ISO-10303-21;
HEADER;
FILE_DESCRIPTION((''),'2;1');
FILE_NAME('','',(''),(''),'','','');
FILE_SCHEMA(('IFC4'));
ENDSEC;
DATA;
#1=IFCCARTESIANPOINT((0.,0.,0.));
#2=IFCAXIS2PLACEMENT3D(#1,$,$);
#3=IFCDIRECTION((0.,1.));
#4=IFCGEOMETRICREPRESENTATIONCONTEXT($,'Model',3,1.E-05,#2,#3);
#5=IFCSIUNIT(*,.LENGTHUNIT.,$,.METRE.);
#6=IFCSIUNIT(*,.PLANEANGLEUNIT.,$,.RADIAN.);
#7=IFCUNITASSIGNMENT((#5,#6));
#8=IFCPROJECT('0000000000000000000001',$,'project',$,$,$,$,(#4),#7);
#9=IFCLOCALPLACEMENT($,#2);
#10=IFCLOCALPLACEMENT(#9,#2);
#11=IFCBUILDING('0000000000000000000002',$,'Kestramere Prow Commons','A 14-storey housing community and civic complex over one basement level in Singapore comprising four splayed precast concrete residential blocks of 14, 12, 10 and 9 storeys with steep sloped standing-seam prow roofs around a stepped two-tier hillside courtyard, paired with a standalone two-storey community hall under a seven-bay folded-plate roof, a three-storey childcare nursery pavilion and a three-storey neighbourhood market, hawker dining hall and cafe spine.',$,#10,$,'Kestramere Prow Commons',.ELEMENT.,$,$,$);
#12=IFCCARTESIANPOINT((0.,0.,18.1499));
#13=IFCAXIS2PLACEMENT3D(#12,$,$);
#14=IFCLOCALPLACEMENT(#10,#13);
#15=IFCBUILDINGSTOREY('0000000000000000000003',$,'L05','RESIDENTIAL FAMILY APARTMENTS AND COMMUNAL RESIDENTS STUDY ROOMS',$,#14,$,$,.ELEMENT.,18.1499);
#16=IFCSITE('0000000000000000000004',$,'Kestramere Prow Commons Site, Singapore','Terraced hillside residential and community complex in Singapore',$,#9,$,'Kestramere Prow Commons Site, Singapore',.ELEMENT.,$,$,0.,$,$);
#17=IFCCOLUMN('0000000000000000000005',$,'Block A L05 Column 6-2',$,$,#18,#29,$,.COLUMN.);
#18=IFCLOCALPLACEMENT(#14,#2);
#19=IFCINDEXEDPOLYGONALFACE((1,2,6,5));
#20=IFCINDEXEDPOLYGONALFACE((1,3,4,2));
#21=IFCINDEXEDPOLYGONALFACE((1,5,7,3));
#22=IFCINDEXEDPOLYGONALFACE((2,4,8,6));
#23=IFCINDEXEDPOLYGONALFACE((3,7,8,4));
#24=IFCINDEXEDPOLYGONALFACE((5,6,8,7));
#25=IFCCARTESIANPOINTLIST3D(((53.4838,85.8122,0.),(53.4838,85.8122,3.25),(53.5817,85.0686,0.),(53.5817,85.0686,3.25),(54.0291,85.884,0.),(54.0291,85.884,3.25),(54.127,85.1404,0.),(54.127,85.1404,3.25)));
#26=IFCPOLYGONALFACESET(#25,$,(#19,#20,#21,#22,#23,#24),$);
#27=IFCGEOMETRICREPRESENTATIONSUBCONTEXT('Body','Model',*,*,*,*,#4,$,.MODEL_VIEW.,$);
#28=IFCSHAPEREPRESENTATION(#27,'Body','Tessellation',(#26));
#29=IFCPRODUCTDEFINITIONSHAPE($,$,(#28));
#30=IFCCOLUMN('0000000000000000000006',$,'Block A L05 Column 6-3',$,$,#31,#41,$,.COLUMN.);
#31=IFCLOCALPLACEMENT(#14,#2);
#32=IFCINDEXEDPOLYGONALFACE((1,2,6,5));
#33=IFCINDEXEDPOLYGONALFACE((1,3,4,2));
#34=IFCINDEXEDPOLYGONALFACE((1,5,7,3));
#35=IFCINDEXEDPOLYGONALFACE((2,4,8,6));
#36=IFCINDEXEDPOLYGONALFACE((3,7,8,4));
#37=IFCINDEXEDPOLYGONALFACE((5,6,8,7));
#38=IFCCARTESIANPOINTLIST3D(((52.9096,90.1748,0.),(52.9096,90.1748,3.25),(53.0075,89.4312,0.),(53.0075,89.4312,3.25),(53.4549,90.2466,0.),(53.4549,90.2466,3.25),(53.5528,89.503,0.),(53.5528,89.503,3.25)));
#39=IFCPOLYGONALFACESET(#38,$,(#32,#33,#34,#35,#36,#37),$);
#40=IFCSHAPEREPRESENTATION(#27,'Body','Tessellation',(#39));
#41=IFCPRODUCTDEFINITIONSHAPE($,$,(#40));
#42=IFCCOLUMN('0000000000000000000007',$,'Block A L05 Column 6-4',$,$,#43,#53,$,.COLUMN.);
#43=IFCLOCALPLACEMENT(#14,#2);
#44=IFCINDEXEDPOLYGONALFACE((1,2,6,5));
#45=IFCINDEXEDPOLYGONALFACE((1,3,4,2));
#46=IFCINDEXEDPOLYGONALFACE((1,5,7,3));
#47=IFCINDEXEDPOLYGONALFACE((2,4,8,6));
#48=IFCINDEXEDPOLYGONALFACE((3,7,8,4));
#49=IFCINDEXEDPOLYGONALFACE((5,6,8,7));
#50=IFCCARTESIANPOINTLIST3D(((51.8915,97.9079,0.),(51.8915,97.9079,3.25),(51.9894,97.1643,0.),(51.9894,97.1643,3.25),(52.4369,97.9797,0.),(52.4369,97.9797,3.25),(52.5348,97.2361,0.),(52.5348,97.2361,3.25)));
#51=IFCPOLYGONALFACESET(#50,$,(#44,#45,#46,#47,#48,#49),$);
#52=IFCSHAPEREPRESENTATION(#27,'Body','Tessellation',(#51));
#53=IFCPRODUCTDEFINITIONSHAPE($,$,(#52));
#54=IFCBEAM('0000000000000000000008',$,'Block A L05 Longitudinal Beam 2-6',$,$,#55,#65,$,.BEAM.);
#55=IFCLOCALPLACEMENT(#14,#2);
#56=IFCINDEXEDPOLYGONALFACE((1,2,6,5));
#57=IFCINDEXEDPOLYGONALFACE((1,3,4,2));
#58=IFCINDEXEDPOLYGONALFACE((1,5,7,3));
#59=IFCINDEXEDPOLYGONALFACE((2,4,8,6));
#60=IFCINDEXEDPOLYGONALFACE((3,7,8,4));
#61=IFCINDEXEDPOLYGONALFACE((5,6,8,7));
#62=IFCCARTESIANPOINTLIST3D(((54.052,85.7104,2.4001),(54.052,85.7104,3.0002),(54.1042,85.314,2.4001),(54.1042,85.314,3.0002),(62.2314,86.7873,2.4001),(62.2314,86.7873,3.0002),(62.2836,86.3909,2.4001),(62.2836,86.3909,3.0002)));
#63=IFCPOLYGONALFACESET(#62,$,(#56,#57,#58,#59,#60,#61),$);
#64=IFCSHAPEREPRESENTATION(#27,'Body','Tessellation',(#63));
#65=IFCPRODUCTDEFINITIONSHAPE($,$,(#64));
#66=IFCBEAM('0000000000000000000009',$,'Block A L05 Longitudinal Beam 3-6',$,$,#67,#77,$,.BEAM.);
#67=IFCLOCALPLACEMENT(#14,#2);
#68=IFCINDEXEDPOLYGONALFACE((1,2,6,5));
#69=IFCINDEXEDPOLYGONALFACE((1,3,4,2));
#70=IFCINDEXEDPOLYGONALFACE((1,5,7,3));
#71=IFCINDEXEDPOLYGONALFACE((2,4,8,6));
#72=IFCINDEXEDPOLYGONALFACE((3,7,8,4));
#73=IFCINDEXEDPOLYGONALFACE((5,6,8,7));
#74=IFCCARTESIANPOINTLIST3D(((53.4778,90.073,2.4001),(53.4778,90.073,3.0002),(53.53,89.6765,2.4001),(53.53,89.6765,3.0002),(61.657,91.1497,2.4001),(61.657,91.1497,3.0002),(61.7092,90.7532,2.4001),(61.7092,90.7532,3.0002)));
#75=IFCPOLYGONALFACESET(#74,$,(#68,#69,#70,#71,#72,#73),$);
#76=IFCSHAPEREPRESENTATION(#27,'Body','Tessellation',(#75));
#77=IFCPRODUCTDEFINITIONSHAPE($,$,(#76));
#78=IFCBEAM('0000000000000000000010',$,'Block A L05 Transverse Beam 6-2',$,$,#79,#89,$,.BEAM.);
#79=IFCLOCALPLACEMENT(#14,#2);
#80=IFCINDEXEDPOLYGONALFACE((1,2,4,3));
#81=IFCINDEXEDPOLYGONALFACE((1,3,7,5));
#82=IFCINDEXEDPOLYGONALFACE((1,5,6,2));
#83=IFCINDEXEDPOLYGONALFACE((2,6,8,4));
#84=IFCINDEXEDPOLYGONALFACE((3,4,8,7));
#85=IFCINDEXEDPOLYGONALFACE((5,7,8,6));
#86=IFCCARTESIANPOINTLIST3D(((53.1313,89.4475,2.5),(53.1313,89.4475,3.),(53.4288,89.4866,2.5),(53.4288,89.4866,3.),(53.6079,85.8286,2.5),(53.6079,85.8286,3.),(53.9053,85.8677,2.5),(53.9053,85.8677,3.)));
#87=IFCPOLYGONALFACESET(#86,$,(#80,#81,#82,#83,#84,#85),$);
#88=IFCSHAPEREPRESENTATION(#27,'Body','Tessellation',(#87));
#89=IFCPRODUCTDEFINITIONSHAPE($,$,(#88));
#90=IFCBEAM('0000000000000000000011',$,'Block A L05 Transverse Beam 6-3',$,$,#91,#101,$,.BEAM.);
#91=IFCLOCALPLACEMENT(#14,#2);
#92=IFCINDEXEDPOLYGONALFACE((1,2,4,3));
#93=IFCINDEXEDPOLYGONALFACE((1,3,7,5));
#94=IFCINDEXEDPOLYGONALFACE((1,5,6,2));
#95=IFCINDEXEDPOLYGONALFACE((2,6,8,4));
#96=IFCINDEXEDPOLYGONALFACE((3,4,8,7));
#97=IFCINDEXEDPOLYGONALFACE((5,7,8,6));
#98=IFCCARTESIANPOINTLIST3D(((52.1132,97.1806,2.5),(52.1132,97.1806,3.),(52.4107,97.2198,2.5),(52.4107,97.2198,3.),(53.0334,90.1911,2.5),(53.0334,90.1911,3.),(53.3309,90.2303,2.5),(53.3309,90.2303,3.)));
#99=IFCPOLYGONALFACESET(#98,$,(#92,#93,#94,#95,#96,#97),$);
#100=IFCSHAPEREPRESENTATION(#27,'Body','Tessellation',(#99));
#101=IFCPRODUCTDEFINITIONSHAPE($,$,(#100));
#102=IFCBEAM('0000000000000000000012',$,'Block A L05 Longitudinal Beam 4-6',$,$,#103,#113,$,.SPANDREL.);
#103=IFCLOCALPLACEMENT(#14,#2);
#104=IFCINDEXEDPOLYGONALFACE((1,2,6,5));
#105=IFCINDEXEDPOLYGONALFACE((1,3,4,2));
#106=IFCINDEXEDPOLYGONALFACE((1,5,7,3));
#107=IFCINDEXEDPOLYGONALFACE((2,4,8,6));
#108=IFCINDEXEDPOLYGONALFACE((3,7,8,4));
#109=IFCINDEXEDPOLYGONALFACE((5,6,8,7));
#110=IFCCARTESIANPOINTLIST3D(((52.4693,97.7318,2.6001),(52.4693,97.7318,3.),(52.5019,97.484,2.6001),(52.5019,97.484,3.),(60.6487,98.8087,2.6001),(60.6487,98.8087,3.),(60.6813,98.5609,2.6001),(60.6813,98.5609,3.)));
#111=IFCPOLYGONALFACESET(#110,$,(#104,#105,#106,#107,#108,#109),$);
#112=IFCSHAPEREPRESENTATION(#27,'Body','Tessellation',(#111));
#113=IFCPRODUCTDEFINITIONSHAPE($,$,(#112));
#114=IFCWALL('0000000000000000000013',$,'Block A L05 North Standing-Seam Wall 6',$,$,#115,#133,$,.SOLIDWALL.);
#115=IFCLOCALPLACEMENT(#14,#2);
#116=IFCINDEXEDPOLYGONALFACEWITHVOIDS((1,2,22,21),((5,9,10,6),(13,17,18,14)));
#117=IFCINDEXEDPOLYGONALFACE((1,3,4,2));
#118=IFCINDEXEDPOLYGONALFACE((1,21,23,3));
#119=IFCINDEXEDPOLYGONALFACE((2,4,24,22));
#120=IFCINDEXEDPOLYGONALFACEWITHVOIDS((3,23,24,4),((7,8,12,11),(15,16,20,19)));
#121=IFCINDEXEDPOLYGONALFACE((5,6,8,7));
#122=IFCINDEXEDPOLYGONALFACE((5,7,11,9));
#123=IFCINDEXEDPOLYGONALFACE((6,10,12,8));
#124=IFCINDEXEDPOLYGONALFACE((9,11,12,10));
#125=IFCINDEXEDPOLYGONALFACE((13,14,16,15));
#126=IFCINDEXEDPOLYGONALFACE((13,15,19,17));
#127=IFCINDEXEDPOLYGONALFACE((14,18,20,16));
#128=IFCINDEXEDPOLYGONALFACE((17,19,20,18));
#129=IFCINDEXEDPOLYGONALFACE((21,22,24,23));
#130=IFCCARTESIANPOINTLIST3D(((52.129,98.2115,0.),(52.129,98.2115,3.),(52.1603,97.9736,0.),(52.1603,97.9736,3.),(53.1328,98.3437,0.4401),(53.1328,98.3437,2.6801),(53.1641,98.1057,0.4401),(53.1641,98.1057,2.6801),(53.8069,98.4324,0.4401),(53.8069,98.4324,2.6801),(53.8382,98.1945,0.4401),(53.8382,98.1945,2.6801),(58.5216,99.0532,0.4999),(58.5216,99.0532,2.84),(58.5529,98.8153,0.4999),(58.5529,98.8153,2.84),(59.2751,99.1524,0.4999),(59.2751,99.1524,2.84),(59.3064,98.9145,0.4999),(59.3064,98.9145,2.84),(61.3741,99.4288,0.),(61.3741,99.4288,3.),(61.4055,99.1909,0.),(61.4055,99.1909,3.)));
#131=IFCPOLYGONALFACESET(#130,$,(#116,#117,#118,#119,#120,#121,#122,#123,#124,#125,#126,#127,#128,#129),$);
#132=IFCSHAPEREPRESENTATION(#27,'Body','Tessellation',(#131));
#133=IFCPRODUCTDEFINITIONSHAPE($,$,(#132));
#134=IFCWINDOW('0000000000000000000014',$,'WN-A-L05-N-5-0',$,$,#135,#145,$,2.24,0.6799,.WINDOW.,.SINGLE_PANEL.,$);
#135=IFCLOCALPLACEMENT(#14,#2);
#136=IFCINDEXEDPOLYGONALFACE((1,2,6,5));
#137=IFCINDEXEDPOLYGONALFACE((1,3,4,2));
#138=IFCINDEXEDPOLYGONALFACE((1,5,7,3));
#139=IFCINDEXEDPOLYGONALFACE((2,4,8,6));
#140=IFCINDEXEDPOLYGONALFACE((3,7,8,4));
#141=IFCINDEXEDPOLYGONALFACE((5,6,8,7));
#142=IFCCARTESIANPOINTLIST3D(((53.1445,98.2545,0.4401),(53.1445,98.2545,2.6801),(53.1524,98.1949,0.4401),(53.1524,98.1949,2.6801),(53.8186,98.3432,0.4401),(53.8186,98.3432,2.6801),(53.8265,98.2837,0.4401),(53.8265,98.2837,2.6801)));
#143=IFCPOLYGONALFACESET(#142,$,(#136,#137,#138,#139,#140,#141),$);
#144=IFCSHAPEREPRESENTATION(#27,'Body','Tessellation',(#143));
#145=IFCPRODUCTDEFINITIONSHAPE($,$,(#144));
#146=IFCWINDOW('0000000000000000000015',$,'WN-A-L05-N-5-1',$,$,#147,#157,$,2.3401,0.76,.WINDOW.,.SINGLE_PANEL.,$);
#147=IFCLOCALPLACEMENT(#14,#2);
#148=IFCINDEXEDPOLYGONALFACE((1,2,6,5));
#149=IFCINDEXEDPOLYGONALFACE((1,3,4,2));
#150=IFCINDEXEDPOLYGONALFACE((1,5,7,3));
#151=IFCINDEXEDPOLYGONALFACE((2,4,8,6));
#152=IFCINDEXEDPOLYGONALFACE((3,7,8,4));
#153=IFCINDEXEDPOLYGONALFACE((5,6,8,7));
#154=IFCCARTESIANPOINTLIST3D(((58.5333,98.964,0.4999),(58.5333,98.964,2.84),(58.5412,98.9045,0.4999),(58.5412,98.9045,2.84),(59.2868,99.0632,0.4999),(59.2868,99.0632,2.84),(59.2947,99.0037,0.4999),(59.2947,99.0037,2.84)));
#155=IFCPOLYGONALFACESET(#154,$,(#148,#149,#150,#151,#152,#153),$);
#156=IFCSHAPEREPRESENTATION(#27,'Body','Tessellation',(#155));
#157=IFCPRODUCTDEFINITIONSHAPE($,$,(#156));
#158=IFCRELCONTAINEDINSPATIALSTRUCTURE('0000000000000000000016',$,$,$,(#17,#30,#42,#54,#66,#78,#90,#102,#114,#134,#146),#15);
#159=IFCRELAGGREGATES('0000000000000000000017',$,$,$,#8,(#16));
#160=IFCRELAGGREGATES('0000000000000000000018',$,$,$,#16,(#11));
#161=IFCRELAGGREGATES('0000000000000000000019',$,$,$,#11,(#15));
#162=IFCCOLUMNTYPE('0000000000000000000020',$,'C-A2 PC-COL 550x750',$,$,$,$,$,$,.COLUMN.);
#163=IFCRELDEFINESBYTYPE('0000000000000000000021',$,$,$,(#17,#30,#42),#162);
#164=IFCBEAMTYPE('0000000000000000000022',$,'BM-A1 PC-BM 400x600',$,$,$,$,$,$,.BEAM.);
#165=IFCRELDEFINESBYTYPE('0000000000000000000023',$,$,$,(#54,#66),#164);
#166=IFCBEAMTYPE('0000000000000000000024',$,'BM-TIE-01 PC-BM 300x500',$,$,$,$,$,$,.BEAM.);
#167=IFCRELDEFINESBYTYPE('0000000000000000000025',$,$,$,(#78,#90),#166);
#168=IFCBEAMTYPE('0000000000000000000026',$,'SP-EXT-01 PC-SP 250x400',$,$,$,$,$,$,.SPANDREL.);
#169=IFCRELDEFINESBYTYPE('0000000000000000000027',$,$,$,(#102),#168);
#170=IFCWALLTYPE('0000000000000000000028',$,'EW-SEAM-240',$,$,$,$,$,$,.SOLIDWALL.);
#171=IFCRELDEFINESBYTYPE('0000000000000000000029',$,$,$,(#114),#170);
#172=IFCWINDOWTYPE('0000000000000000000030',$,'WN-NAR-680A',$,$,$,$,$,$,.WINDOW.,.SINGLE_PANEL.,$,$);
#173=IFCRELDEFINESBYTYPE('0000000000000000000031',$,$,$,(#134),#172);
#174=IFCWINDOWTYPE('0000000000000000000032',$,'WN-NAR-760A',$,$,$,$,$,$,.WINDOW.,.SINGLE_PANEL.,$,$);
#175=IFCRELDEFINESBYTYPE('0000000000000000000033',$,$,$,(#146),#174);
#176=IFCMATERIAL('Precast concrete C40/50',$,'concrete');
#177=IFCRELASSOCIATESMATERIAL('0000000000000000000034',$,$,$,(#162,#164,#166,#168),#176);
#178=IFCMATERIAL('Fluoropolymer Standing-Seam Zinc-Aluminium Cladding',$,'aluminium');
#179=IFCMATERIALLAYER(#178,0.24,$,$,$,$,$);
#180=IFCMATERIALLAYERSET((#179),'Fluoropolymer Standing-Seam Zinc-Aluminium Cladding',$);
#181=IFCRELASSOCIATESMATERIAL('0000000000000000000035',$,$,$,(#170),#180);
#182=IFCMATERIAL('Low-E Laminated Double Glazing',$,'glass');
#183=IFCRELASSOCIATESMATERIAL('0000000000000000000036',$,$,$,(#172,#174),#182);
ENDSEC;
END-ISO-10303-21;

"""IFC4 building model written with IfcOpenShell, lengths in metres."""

from ifc_helpers import new_model, si_unit, direction, frame, frame_2d, origin, origin_2d, place, context, subcontext, project, spatial, rectangle, extrude, material, layer, layer_set, material_profile, profile_set, type_object, element, fill, save


model = new_model("IFC4")

# Units and contexts
model_context = context("Model", 3, precision=1e-05, world=origin(), true_north=direction((0.0, 1.0)))
body_context = subcontext(model_context, "Body", "Model", "MODEL_VIEW")
ifc_project = project(units=[si_unit("LENGTHUNIT", "METRE"), si_unit("PLANEANGLEUNIT", "RADIAN")], contexts=[model_context])

# Site, building, storey
site_placement = place(None, origin())
site = spatial("IfcSite", under=ifc_project, at=site_placement, Name="Kestramere Prow Commons Site, Singapore", Description="Terraced hillside residential and community complex in Singapore", LongName="Kestramere Prow Commons Site, Singapore", CompositionType="ELEMENT", RefElevation=0.0)
building_placement = place(site_placement, origin())
building = spatial("IfcBuilding", under=site, at=building_placement, Name="Kestramere Prow Commons", Description="A 14-storey housing community and civic complex over one basement level in Singapore comprising four splayed precast concrete residential blocks of 14, 12, 10 and 9 storeys with steep sloped standing-seam prow roofs around a stepped two-tier hillside courtyard, paired with a standalone two-storey community hall under a seven-bay folded-plate roof, a three-storey childcare nursery pavilion and a three-storey neighbourhood market, hawker dining hall and cafe spine.", LongName="Kestramere Prow Commons", CompositionType="ELEMENT")
storey_placement = place(building_placement, frame((0.0, 0.0, 18.1499)))
storey = spatial("IfcBuildingStorey", under=building, at=storey_placement, Name="L05", Description="RESIDENTIAL FAMILY APARTMENTS AND COMMUNAL RESIDENTS STUDY ROOMS", CompositionType="ELEMENT", Elevation=18.1499)

# Columns
ifc_material_1 = material(Name="Precast concrete C40/50", Category="concrete")
ifc_material_profile_1 = material_profile(ifc_material_1, rectangle(XDim=0.55, YDim=0.75, at=origin_2d()), Name="PC-COL 550x750")
ifc_profile_set_1 = profile_set([ifc_material_profile_1], Name="Precast concrete C40/50")
column_type = type_object("IfcColumnType", Name="C-A2 PC-COL 550x750", PredefinedType="COLUMN", material=ifc_profile_set_1)
for number, where, z_axis, x_axis, name in (
    (1, (53.8054, 85.4763, 0.0), (0.0, 0.0, 1.0), (0.991445, 0.130526, 0.0), "Block A L05 Column 6-2"),
    (2, (53.2312, 89.8389, 0.0), (0.0, 0.0, 1.0), (0.991445, 0.130526, 0.0), "Block A L05 Column 6-3"),
    (3, (52.2131, 97.572, 0.0), (0.0, 0.0, 1.0), (0.991445, 0.130526, 0.0), "Block A L05 Column 6-4"),
):
    element("IfcColumn", number, at=place(storey_placement, frame(where, z_axis=z_axis, x_axis=x_axis)), inside=storey, type_object=column_type, Name=name, PredefinedType="COLUMN", context=body_context, shape_type="SweptSolid", body=[
        extrude(rectangle(XDim=0.55, YDim=0.75, at=origin_2d()), origin(), (0.0, 0.0, 1.0), 3.25),
    ])

# Beams
ifc_material_profile_2 = material_profile(ifc_material_1, rectangle(XDim=0.3999, YDim=0.6001, at=origin_2d()), Name="PC-BM 400x600")
ifc_profile_set_2 = profile_set([ifc_material_profile_2], Name="Precast concrete C40/50")
beam_type_1 = type_object("IfcBeamType", Name="BM-A1 PC-BM 400x600", PredefinedType="BEAM", material=ifc_profile_set_2)
beam_1_placement = place(storey_placement, frame((54.0781, 85.5122, 2.7002), z_axis=(0.991444, 0.130533, 0.0), x_axis=(-0.130533, 0.991444, 0.0)))
element("IfcBeam", 4, at=beam_1_placement, inside=storey, type_object=beam_type_1, Name="Block A L05 Longitudinal Beam 2-6", PredefinedType="BEAM", context=body_context, shape_type="SweptSolid", body=[
    extrude(rectangle(XDim=0.3999, YDim=0.6001, at=origin_2d()), origin(), (0.0, 0.0, 1.0), 8.25),
])
beam_2_placement = place(storey_placement, frame((53.5039, 89.8748, 2.7002), z_axis=(0.991447, 0.130508, 0.0), x_axis=(-0.130508, 0.991447, 0.0)))
element("IfcBeam", 5, at=beam_2_placement, inside=storey, type_object=beam_type_1, Name="Block A L05 Longitudinal Beam 3-6", PredefinedType="BEAM", context=body_context, shape_type="SweptSolid", body=[
    extrude(rectangle(XDim=0.3999, YDim=0.6001, at=origin_2d()), origin(), (0.0, 0.0, 1.0), 8.2498),
])
ifc_material_profile_3 = material_profile(ifc_material_1, rectangle(XDim=0.3, YDim=0.5, at=origin_2d()), Name="PC-BM 300x500")
ifc_profile_set_3 = profile_set([ifc_material_profile_3], Name="Precast concrete C40/50")
beam_type_2 = type_object("IfcBeamType", Name="BM-TIE-01 PC-BM 300x500", PredefinedType="BEAM", material=ifc_profile_set_3)
beam_3_placement = place(storey_placement, frame((53.7566, 85.8481, 2.75), z_axis=(-0.13056, 0.99144, 0.0), x_axis=(-0.99144, -0.13056, 0.0)))
element("IfcBeam", 6, at=beam_3_placement, inside=storey, type_object=beam_type_2, Name="Block A L05 Transverse Beam 6-2", PredefinedType="BEAM", context=body_context, shape_type="SweptSolid", body=[
    extrude(rectangle(XDim=0.3, YDim=0.5, at=origin_2d()), origin(), (0.0, 0.0, 1.0), 3.6501),
])
beam_4_placement = place(storey_placement, frame((53.1821, 90.2107, 2.75), z_axis=(-0.130523, 0.991445, 0.0), x_axis=(-0.991445, -0.130523, 0.0)))
element("IfcBeam", 7, at=beam_4_placement, inside=storey, type_object=beam_type_2, Name="Block A L05 Transverse Beam 6-3", PredefinedType="BEAM", context=body_context, shape_type="SweptSolid", body=[
    extrude(rectangle(XDim=0.3, YDim=0.5, at=origin_2d()), origin(), (0.0, 0.0, 1.0), 7.0498),
])
ifc_material_profile_4 = material_profile(ifc_material_1, rectangle(XDim=0.25, YDim=0.3999, at=origin_2d()), Name="PC-SP 250x400")
ifc_profile_set_4 = profile_set([ifc_material_profile_4], Name="Precast concrete C40/50")
beam_type_3 = type_object("IfcBeamType", Name="SP-EXT-01 PC-SP 250x400", PredefinedType="SPANDREL", material=ifc_profile_set_4)
beam_5_placement = place(storey_placement, frame((52.4856, 97.6079, 2.8), z_axis=(0.991444, 0.130533, 0.0), x_axis=(-0.130533, 0.991444, 0.0)))
element("IfcBeam", 8, at=beam_5_placement, inside=storey, type_object=beam_type_3, Name="Block A L05 Longitudinal Beam 4-6", PredefinedType="SPANDREL", context=body_context, shape_type="SweptSolid", body=[
    extrude(rectangle(XDim=0.25, YDim=0.3999, at=origin_2d()), origin(), (0.0, 0.0, 1.0), 8.25),
])

# Wall, openings, windows
ifc_material_2 = material(Name="Fluoropolymer Standing-Seam Zinc-Aluminium Cladding", Category="aluminium")
ifc_layer_1 = layer(ifc_material_2, 0.24)
ifc_layer_set_1 = layer_set([ifc_layer_1], Name="Fluoropolymer Standing-Seam Zinc-Aluminium Cladding")
wall_type_1 = type_object("IfcWallType", Name="EW-SEAM-240", PredefinedType="SOLIDWALL", material=ifc_layer_set_1)
wall_1_placement = place(storey_placement, frame((52.1445, 98.0925, 0.0), z_axis=(0.0, 0.0, 1.0), x_axis=(0.991443, 0.130541, 0.0)))
wall_1 = element("IfcWall", 9, at=wall_1_placement, inside=storey, type_object=wall_type_1, Name="Block A L05 North Standing-Seam Wall 6", PredefinedType="SOLIDWALL", context=body_context, shape_type="SweptSolid", body=[
    extrude(rectangle(XDim=9.325, YDim=0.24, at=frame_2d((4.6626, 0.0))), origin(), (0.0, 0.0, 1.0), 3.0),
])
opening_1_placement = place(wall_1_placement, frame((1.0127, 0.0, 0.4399)))
opening_1 = element("IfcOpeningElement", 10, at=opening_1_placement, cuts=wall_1, PredefinedType="OPENING", context=body_context, shape_type="SweptSolid", body=[
    extrude(rectangle(XDim=0.6799, YDim=2.24, at=frame_2d((0.3398, 1.1201))), frame((0.0, 0.135, 0.0), z_axis=(0.0, -1.0, 0.0), x_axis=(1.0, 0.0, 0.0)), (0.0, 0.0, 1.0), 0.27),
])
opening_2_placement = place(wall_1_placement, frame((6.448, 0.0, 0.5)))
opening_2 = element("IfcOpeningElement", 11, at=opening_2_placement, cuts=wall_1, PredefinedType="OPENING", context=body_context, shape_type="SweptSolid", body=[
    extrude(rectangle(XDim=0.76, YDim=2.3401, at=frame_2d((0.3799, 1.1699))), frame((0.0, 0.135, 0.0), z_axis=(0.0, -1.0, 0.0), x_axis=(1.0, 0.0, 0.0)), (0.0, 0.0, 1.0), 0.27),
])
ifc_material_3 = material(Name="Low-E Laminated Double Glazing", Category="glass")
window_type_1 = type_object("IfcWindowType", Name="WN-NAR-680A", PartitioningType="SINGLE_PANEL", PredefinedType="WINDOW", material=ifc_material_3)
window_1_placement = place(opening_1_placement, origin())
window_1 = element("IfcWindow", 12, at=window_1_placement, inside=storey, type_object=window_type_1, Name="WN-A-L05-N-5-0", OverallHeight=2.24, OverallWidth=0.6799, PartitioningType="SINGLE_PANEL", PredefinedType="WINDOW", context=body_context, shape_type="SweptSolid", body=[
    extrude(rectangle(XDim=0.6799, YDim=2.24, at=frame_2d((0.3398, 1.1201))), frame((0.0, 0.03, 0.0), z_axis=(0.0, -1.0, 0.0), x_axis=(1.0, 0.0, 0.0)), (0.0, 0.0, 1.0), 0.0601),
])
fill(opening_1, window_1)
window_type_2 = type_object("IfcWindowType", Name="WN-NAR-760A", PartitioningType="SINGLE_PANEL", PredefinedType="WINDOW", material=ifc_material_3)
window_2_placement = place(opening_2_placement, origin())
window_2 = element("IfcWindow", 13, at=window_2_placement, inside=storey, type_object=window_type_2, Name="WN-A-L05-N-5-1", OverallHeight=2.3401, OverallWidth=0.76, PartitioningType="SINGLE_PANEL", PredefinedType="WINDOW", context=body_context, shape_type="SweptSolid", body=[
    extrude(rectangle(XDim=0.76, YDim=2.3401, at=frame_2d((0.3799, 1.1699))), frame((0.0, 0.03, 0.0), z_axis=(0.0, -1.0, 0.0), x_axis=(1.0, 0.0, 0.0)), (0.0, 0.0, 1.0), 0.0601),
])
fill(opening_2, window_2)

save(model, "model.ifc")
